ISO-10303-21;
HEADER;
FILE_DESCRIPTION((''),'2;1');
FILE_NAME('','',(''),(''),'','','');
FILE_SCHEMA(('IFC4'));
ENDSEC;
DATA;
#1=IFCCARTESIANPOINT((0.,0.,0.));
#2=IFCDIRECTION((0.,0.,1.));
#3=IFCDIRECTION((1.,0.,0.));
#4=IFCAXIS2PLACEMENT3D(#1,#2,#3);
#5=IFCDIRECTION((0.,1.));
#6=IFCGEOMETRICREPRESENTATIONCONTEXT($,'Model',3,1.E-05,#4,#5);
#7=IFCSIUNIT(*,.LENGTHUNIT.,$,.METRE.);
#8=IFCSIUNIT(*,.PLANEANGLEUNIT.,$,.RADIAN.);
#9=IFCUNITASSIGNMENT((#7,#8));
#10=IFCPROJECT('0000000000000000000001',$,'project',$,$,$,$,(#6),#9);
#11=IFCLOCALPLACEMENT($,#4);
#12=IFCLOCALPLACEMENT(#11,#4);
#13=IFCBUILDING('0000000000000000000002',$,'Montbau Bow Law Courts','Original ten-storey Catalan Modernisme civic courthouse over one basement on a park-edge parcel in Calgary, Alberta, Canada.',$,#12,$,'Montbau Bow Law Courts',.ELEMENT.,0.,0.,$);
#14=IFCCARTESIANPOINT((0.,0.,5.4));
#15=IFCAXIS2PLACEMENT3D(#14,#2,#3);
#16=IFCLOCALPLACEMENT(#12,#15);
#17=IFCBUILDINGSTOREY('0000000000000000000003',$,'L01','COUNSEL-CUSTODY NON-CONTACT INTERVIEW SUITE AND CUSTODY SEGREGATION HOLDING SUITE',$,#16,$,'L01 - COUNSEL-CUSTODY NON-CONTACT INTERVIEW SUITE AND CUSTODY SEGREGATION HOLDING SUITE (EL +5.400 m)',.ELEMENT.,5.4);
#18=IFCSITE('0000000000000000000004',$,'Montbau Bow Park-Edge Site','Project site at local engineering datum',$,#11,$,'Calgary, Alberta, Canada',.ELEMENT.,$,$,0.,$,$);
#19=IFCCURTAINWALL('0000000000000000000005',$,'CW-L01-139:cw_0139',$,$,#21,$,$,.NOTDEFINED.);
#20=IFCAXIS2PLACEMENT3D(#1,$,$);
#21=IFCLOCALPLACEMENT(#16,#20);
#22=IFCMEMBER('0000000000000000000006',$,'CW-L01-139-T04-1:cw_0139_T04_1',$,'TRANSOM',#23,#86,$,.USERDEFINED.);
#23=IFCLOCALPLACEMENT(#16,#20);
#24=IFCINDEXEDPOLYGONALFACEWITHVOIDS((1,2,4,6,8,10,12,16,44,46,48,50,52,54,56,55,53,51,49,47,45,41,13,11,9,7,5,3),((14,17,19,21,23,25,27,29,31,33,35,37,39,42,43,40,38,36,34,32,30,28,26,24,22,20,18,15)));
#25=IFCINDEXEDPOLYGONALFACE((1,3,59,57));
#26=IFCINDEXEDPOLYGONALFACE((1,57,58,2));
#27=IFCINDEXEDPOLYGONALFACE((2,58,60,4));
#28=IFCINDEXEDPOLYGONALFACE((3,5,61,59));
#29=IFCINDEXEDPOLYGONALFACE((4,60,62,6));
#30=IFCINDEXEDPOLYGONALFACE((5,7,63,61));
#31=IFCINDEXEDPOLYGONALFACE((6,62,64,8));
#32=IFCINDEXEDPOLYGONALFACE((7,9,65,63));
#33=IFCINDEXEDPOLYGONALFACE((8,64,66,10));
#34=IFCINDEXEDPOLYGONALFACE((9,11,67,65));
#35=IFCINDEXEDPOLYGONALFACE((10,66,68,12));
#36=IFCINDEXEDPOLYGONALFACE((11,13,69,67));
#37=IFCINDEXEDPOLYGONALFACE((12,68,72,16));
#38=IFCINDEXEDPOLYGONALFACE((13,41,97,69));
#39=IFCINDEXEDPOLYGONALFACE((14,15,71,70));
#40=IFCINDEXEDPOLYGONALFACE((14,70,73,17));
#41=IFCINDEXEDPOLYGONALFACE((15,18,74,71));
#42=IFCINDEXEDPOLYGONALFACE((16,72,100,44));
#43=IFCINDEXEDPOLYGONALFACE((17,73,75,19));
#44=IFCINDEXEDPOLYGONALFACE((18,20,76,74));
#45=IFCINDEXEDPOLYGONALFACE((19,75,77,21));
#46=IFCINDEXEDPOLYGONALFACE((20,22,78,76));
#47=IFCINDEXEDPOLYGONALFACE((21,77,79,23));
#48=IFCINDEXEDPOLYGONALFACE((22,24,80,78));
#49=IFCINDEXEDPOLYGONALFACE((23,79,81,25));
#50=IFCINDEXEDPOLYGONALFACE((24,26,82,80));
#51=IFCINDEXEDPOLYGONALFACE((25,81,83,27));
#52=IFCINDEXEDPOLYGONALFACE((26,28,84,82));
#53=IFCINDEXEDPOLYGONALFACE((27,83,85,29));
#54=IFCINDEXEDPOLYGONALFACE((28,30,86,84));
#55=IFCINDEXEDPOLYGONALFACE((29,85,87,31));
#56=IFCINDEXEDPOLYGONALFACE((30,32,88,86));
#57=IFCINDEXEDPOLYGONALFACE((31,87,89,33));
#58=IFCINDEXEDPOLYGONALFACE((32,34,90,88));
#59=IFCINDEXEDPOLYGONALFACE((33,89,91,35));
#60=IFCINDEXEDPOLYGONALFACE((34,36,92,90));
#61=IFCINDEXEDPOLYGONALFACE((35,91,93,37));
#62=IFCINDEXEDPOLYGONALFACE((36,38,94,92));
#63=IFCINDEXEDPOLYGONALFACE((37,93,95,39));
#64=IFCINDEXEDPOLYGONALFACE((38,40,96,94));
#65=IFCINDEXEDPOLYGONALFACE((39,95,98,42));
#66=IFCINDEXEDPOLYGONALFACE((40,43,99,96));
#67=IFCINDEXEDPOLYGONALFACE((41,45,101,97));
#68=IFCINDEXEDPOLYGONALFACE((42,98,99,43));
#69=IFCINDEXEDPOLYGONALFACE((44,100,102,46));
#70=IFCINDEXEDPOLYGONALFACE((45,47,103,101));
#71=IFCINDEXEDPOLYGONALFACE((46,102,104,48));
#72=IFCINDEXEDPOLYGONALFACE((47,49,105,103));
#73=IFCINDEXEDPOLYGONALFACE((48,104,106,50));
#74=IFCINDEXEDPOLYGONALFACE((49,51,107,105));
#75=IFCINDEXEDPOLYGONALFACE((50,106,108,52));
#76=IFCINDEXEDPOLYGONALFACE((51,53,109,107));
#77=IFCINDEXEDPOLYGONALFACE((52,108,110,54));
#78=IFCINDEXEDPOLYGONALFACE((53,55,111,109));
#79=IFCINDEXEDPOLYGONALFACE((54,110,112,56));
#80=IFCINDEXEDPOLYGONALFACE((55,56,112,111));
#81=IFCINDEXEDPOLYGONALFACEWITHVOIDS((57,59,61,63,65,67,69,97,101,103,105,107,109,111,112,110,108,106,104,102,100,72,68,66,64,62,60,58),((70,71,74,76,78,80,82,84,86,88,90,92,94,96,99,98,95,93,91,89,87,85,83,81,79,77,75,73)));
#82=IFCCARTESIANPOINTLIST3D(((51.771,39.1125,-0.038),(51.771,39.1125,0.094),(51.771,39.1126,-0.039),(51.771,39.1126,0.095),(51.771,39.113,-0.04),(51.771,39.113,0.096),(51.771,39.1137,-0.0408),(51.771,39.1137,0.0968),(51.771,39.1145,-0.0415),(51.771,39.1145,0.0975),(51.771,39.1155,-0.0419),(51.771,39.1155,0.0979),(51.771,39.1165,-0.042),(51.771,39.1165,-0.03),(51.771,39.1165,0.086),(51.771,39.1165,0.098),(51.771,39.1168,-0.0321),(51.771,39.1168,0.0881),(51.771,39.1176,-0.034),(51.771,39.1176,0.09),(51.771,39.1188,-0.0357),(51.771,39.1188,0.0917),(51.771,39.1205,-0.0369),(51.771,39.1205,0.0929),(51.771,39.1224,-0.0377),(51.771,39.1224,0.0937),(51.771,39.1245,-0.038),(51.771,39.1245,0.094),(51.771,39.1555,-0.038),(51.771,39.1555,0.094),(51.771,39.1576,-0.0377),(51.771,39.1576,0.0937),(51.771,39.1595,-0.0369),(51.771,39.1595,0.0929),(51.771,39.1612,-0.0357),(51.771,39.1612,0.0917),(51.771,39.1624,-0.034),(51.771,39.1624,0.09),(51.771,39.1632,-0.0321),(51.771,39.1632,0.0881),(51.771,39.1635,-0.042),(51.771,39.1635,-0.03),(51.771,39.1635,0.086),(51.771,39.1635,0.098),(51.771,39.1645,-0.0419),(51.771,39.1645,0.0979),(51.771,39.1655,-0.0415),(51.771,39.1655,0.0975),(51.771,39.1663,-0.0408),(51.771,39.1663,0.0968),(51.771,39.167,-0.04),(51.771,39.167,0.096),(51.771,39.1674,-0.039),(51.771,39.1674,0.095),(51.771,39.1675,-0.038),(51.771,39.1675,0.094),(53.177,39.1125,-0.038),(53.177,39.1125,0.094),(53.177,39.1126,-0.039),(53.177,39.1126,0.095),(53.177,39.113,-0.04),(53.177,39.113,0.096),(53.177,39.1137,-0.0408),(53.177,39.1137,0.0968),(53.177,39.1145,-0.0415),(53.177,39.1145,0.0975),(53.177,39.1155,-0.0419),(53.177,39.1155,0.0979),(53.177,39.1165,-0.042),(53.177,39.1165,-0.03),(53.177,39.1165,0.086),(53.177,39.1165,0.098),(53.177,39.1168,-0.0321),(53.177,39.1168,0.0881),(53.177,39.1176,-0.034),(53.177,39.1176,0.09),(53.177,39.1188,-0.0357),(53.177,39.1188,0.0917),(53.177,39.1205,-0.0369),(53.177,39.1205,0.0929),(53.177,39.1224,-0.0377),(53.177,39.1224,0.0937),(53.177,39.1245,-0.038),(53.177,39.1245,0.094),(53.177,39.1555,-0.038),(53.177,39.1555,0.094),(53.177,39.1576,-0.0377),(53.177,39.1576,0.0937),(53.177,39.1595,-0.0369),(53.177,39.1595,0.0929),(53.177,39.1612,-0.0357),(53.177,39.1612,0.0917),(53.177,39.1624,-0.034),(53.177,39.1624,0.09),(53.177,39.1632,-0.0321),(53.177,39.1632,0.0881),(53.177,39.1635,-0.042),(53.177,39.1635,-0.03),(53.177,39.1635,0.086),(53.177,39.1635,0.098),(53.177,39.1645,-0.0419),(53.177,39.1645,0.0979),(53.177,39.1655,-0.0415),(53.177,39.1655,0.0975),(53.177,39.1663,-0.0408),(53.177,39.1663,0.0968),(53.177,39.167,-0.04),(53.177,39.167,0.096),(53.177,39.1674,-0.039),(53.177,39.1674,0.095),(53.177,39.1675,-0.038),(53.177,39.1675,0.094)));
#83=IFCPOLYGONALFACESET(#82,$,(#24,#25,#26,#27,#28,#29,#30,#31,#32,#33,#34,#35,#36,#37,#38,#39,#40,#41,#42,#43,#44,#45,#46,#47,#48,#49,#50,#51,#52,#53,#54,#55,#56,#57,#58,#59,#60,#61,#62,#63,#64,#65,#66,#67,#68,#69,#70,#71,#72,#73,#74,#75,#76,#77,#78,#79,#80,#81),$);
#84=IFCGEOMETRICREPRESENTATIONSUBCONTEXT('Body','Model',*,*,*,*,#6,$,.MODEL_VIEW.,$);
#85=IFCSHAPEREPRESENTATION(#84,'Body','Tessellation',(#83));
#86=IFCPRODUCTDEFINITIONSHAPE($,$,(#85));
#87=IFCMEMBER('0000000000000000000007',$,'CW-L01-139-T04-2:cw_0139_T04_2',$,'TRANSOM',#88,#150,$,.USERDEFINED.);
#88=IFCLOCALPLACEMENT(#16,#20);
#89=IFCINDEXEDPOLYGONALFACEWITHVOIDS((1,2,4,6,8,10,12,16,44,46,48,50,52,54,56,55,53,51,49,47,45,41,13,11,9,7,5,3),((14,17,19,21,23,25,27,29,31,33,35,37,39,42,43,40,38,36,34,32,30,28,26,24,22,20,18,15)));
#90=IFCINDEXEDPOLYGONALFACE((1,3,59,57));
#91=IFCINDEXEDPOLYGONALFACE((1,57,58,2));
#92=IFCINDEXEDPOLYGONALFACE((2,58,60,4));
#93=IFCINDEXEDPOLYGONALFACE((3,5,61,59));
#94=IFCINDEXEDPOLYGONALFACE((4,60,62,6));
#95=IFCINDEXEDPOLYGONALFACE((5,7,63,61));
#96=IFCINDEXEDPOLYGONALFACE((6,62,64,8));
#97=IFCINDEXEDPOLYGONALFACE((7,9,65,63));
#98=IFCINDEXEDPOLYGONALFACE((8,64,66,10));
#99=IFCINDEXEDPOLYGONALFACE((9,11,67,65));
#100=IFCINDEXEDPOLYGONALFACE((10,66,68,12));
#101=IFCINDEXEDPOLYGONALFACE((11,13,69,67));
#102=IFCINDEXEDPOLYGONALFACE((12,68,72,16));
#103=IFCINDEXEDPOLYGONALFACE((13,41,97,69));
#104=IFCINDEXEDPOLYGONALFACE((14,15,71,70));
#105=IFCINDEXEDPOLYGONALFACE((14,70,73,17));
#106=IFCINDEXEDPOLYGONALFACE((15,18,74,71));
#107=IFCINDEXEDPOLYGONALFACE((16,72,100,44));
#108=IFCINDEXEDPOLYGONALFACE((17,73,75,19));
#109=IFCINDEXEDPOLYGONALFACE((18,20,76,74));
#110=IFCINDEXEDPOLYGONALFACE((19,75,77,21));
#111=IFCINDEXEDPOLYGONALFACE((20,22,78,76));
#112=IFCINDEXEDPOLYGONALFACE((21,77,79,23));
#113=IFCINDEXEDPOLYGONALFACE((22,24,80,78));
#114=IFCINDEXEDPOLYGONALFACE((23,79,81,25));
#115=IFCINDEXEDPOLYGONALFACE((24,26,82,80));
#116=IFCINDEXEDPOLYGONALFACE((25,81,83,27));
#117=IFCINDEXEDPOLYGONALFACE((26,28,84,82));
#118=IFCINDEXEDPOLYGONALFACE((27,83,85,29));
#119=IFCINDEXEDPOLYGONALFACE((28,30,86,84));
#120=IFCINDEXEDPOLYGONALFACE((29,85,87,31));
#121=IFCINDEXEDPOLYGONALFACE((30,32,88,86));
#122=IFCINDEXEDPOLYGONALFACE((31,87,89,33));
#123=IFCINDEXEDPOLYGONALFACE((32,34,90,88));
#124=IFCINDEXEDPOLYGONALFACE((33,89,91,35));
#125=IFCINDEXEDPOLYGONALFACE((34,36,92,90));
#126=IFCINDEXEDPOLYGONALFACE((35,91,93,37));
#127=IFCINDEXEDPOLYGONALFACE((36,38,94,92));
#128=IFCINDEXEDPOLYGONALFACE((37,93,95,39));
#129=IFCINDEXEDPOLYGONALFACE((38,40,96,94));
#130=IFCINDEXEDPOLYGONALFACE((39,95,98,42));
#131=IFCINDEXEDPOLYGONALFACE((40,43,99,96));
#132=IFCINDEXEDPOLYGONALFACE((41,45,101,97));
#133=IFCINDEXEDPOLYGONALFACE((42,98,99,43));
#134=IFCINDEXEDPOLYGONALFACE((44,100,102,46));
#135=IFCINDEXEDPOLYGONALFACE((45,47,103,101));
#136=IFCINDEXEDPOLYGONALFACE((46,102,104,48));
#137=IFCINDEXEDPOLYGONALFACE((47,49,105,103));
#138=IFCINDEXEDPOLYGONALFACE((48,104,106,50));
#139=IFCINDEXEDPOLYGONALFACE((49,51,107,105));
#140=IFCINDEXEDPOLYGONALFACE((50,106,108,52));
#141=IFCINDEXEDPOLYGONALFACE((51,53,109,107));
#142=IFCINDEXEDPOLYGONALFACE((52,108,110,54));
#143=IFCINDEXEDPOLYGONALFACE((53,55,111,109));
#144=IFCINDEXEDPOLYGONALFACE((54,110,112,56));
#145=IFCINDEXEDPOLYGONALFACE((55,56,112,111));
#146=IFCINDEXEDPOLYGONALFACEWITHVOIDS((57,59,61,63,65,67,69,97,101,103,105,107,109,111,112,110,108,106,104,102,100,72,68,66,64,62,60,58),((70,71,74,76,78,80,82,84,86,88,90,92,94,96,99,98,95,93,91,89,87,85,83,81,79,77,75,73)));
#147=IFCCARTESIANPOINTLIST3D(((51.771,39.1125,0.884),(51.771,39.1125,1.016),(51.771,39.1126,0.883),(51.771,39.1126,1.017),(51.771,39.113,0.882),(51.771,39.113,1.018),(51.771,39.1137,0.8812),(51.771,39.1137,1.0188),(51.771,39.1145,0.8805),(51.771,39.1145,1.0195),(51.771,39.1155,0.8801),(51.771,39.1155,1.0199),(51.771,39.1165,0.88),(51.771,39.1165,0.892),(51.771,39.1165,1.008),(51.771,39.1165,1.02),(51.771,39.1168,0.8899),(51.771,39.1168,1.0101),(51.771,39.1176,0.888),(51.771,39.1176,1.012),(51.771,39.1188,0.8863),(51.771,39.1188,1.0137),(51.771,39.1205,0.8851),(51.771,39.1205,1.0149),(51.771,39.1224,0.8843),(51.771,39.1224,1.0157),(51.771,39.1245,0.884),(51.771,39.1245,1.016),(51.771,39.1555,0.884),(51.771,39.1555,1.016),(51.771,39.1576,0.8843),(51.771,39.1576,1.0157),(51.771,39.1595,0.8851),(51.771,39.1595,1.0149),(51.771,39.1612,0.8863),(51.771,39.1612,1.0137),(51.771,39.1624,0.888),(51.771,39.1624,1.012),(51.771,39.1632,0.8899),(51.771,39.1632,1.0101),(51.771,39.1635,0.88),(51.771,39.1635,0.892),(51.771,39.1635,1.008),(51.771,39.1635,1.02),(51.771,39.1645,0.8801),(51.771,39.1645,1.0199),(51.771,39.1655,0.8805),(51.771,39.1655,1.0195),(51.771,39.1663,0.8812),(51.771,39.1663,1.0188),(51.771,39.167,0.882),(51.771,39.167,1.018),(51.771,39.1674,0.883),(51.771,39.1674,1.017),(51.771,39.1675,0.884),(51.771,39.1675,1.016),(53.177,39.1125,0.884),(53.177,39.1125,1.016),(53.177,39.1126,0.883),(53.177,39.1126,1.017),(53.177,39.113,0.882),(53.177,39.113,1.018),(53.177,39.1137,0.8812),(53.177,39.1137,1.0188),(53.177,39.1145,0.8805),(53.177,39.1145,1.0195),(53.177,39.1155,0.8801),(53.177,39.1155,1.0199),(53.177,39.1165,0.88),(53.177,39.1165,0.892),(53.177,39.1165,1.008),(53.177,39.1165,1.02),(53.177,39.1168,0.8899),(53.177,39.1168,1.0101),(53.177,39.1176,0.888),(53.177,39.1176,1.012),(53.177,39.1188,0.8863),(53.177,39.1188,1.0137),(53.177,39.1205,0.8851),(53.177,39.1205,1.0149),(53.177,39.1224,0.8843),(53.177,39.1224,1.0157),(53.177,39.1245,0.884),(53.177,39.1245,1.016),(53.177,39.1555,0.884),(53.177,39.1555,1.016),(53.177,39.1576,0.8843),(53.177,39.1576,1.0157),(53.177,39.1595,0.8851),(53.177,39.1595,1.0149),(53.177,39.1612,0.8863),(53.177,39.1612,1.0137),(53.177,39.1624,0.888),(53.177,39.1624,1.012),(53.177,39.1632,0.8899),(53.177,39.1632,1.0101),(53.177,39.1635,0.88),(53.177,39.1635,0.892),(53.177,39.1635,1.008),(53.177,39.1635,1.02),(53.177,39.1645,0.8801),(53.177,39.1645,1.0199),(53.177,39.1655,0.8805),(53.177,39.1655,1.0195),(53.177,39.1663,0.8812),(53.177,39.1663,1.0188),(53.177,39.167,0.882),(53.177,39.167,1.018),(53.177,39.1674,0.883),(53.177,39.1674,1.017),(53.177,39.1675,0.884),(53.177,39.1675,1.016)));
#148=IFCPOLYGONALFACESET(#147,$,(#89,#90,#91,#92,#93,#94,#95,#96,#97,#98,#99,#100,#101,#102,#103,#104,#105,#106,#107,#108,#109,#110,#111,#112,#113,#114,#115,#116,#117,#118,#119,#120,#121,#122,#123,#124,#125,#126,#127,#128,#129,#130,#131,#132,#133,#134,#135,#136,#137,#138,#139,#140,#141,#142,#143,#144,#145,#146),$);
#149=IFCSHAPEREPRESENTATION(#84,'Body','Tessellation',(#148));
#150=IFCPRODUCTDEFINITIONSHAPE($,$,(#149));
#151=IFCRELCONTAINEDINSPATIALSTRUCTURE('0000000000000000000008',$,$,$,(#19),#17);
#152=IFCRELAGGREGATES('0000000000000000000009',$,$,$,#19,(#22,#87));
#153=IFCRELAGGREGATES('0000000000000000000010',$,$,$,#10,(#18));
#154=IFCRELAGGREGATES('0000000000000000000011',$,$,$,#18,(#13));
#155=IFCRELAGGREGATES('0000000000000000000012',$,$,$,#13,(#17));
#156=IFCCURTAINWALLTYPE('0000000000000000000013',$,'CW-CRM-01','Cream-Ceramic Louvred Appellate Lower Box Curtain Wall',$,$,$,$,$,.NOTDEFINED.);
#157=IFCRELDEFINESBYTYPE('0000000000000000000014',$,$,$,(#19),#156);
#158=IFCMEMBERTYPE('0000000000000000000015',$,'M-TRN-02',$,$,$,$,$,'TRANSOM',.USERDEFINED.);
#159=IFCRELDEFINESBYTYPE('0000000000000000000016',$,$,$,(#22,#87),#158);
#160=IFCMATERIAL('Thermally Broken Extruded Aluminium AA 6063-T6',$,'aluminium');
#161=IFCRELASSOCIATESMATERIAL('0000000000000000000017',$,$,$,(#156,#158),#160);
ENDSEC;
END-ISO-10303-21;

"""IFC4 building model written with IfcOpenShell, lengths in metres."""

from ifc_helpers import new_model, si_unit, direction, frame, origin_with_axes, origin_2d_with_axis, place, context, subcontext, project, spatial, hollow_rectangle, extrude, material, material_profile, profile_set, type_object, element, aggregate, save


model = new_model("IFC4")

# Units and contexts
model_context = context("Model", 3, precision=1e-05, world=origin_with_axes(), true_north=direction((0.0, 1.0)))
body_context = subcontext(model_context, "Body", "Model", "MODEL_VIEW")
ifc_project = project(units=[si_unit("LENGTHUNIT", "METRE"), si_unit("PLANEANGLEUNIT", "RADIAN")], contexts=[model_context])

# Site, building, storey
site_placement = place(None, origin_with_axes())
site = spatial("IfcSite", under=ifc_project, at=site_placement, Name="Montbau Bow Park-Edge Site", Description="Project site at local engineering datum", LongName="Calgary, Alberta, Canada", CompositionType="ELEMENT", RefElevation=0.0)
building_placement = place(site_placement, origin_with_axes())
building = spatial("IfcBuilding", under=site, at=building_placement, Name="Montbau Bow Law Courts", Description="Original ten-storey Catalan Modernisme civic courthouse over one basement on a park-edge parcel in Calgary, Alberta, Canada.", LongName="Montbau Bow Law Courts", CompositionType="ELEMENT", ElevationOfRefHeight=0.0, ElevationOfTerrain=0.0)
storey_placement = place(building_placement, frame((0.0, 0.0, 5.4), z_axis=(0.0, 0.0, 1.0), x_axis=(1.0, 0.0, 0.0)))
storey = spatial("IfcBuildingStorey", under=building, at=storey_placement, Name="L01", Description="COUNSEL-CUSTODY NON-CONTACT INTERVIEW SUITE AND CUSTODY SEGREGATION HOLDING SUITE", LongName="L01 - COUNSEL-CUSTODY NON-CONTACT INTERVIEW SUITE AND CUSTODY SEGREGATION HOLDING SUITE (EL +5.400 m)", CompositionType="ELEMENT", Elevation=5.4)

# Curtain wall, members
ifc_material_1 = material(Name="Thermally Broken Extruded Aluminium AA 6063-T6", Category="aluminium")
curtain_wall_type = type_object("IfcCurtainWallType", Name="CW-CRM-01", Description="Cream-Ceramic Louvred Appellate Lower Box Curtain Wall", PredefinedType="NOTDEFINED", material=ifc_material_1)
curtain_wall_placement = place(None, frame((47.315, 39.14, 5.4), z_axis=(0.0, 0.0, 1.0), x_axis=(1.0, 0.0, 0.0)))
curtain_wall = element("IfcCurtainWall", 1, at=curtain_wall_placement, inside=storey, type_object=curtain_wall_type, Name="CW-L01-139:cw_0139", PredefinedType="NOTDEFINED")
ifc_material_profile_1 = material_profile(ifc_material_1, hollow_rectangle(XDim=0.055, YDim=0.14, WallThickness=0.004, InnerFilletRadius=0.008, OuterFilletRadius=0.004, at=origin_2d_with_axis()), Name="CWT-140X55", Category="Main", Priority=0)
ifc_profile_set_1 = profile_set([ifc_material_profile_1], Name="Thermally Broken Extruded Aluminium AA 6063-T6")
member_type_1 = type_object("IfcMemberType", Name="M-TRN-02", ElementType="TRANSOM", PredefinedType="USERDEFINED", material=ifc_profile_set_1)
member_1_placement = place(None, frame((51.771, 39.14, 5.428), z_axis=(1.0, 0.0, 0.0), x_axis=(0.0, 1.0, 0.0)))
member_1 = element("IfcMember", 2, at=member_1_placement, type_object=member_type_1, Name="CW-L01-139-T04-1:cw_0139_T04_1", ObjectType="TRANSOM", PredefinedType="USERDEFINED", context=body_context, shape_type="SweptSolid", body=[
    extrude(hollow_rectangle(XDim=0.055, YDim=0.14, WallThickness=0.004, InnerFilletRadius=0.008, OuterFilletRadius=0.004, at=origin_2d_with_axis()), origin_with_axes(), (0.0, 0.0, 1.0), 1.406),
])
member_2_placement = place(None, frame((51.771, 39.14, 6.35), z_axis=(1.0, 0.0, 0.0), x_axis=(0.0, 1.0, 0.0)))
member_2 = element("IfcMember", 3, at=member_2_placement, type_object=member_type_1, Name="CW-L01-139-T04-2:cw_0139_T04_2", ObjectType="TRANSOM", PredefinedType="USERDEFINED", context=body_context, shape_type="SweptSolid", body=[
    extrude(hollow_rectangle(XDim=0.055, YDim=0.14, WallThickness=0.004, InnerFilletRadius=0.008, OuterFilletRadius=0.004, at=origin_2d_with_axis()), origin_with_axes(), (0.0, 0.0, 1.0), 1.406),
])
aggregate(curtain_wall, [member_1, member_2])

save(model, "model.ifc")
